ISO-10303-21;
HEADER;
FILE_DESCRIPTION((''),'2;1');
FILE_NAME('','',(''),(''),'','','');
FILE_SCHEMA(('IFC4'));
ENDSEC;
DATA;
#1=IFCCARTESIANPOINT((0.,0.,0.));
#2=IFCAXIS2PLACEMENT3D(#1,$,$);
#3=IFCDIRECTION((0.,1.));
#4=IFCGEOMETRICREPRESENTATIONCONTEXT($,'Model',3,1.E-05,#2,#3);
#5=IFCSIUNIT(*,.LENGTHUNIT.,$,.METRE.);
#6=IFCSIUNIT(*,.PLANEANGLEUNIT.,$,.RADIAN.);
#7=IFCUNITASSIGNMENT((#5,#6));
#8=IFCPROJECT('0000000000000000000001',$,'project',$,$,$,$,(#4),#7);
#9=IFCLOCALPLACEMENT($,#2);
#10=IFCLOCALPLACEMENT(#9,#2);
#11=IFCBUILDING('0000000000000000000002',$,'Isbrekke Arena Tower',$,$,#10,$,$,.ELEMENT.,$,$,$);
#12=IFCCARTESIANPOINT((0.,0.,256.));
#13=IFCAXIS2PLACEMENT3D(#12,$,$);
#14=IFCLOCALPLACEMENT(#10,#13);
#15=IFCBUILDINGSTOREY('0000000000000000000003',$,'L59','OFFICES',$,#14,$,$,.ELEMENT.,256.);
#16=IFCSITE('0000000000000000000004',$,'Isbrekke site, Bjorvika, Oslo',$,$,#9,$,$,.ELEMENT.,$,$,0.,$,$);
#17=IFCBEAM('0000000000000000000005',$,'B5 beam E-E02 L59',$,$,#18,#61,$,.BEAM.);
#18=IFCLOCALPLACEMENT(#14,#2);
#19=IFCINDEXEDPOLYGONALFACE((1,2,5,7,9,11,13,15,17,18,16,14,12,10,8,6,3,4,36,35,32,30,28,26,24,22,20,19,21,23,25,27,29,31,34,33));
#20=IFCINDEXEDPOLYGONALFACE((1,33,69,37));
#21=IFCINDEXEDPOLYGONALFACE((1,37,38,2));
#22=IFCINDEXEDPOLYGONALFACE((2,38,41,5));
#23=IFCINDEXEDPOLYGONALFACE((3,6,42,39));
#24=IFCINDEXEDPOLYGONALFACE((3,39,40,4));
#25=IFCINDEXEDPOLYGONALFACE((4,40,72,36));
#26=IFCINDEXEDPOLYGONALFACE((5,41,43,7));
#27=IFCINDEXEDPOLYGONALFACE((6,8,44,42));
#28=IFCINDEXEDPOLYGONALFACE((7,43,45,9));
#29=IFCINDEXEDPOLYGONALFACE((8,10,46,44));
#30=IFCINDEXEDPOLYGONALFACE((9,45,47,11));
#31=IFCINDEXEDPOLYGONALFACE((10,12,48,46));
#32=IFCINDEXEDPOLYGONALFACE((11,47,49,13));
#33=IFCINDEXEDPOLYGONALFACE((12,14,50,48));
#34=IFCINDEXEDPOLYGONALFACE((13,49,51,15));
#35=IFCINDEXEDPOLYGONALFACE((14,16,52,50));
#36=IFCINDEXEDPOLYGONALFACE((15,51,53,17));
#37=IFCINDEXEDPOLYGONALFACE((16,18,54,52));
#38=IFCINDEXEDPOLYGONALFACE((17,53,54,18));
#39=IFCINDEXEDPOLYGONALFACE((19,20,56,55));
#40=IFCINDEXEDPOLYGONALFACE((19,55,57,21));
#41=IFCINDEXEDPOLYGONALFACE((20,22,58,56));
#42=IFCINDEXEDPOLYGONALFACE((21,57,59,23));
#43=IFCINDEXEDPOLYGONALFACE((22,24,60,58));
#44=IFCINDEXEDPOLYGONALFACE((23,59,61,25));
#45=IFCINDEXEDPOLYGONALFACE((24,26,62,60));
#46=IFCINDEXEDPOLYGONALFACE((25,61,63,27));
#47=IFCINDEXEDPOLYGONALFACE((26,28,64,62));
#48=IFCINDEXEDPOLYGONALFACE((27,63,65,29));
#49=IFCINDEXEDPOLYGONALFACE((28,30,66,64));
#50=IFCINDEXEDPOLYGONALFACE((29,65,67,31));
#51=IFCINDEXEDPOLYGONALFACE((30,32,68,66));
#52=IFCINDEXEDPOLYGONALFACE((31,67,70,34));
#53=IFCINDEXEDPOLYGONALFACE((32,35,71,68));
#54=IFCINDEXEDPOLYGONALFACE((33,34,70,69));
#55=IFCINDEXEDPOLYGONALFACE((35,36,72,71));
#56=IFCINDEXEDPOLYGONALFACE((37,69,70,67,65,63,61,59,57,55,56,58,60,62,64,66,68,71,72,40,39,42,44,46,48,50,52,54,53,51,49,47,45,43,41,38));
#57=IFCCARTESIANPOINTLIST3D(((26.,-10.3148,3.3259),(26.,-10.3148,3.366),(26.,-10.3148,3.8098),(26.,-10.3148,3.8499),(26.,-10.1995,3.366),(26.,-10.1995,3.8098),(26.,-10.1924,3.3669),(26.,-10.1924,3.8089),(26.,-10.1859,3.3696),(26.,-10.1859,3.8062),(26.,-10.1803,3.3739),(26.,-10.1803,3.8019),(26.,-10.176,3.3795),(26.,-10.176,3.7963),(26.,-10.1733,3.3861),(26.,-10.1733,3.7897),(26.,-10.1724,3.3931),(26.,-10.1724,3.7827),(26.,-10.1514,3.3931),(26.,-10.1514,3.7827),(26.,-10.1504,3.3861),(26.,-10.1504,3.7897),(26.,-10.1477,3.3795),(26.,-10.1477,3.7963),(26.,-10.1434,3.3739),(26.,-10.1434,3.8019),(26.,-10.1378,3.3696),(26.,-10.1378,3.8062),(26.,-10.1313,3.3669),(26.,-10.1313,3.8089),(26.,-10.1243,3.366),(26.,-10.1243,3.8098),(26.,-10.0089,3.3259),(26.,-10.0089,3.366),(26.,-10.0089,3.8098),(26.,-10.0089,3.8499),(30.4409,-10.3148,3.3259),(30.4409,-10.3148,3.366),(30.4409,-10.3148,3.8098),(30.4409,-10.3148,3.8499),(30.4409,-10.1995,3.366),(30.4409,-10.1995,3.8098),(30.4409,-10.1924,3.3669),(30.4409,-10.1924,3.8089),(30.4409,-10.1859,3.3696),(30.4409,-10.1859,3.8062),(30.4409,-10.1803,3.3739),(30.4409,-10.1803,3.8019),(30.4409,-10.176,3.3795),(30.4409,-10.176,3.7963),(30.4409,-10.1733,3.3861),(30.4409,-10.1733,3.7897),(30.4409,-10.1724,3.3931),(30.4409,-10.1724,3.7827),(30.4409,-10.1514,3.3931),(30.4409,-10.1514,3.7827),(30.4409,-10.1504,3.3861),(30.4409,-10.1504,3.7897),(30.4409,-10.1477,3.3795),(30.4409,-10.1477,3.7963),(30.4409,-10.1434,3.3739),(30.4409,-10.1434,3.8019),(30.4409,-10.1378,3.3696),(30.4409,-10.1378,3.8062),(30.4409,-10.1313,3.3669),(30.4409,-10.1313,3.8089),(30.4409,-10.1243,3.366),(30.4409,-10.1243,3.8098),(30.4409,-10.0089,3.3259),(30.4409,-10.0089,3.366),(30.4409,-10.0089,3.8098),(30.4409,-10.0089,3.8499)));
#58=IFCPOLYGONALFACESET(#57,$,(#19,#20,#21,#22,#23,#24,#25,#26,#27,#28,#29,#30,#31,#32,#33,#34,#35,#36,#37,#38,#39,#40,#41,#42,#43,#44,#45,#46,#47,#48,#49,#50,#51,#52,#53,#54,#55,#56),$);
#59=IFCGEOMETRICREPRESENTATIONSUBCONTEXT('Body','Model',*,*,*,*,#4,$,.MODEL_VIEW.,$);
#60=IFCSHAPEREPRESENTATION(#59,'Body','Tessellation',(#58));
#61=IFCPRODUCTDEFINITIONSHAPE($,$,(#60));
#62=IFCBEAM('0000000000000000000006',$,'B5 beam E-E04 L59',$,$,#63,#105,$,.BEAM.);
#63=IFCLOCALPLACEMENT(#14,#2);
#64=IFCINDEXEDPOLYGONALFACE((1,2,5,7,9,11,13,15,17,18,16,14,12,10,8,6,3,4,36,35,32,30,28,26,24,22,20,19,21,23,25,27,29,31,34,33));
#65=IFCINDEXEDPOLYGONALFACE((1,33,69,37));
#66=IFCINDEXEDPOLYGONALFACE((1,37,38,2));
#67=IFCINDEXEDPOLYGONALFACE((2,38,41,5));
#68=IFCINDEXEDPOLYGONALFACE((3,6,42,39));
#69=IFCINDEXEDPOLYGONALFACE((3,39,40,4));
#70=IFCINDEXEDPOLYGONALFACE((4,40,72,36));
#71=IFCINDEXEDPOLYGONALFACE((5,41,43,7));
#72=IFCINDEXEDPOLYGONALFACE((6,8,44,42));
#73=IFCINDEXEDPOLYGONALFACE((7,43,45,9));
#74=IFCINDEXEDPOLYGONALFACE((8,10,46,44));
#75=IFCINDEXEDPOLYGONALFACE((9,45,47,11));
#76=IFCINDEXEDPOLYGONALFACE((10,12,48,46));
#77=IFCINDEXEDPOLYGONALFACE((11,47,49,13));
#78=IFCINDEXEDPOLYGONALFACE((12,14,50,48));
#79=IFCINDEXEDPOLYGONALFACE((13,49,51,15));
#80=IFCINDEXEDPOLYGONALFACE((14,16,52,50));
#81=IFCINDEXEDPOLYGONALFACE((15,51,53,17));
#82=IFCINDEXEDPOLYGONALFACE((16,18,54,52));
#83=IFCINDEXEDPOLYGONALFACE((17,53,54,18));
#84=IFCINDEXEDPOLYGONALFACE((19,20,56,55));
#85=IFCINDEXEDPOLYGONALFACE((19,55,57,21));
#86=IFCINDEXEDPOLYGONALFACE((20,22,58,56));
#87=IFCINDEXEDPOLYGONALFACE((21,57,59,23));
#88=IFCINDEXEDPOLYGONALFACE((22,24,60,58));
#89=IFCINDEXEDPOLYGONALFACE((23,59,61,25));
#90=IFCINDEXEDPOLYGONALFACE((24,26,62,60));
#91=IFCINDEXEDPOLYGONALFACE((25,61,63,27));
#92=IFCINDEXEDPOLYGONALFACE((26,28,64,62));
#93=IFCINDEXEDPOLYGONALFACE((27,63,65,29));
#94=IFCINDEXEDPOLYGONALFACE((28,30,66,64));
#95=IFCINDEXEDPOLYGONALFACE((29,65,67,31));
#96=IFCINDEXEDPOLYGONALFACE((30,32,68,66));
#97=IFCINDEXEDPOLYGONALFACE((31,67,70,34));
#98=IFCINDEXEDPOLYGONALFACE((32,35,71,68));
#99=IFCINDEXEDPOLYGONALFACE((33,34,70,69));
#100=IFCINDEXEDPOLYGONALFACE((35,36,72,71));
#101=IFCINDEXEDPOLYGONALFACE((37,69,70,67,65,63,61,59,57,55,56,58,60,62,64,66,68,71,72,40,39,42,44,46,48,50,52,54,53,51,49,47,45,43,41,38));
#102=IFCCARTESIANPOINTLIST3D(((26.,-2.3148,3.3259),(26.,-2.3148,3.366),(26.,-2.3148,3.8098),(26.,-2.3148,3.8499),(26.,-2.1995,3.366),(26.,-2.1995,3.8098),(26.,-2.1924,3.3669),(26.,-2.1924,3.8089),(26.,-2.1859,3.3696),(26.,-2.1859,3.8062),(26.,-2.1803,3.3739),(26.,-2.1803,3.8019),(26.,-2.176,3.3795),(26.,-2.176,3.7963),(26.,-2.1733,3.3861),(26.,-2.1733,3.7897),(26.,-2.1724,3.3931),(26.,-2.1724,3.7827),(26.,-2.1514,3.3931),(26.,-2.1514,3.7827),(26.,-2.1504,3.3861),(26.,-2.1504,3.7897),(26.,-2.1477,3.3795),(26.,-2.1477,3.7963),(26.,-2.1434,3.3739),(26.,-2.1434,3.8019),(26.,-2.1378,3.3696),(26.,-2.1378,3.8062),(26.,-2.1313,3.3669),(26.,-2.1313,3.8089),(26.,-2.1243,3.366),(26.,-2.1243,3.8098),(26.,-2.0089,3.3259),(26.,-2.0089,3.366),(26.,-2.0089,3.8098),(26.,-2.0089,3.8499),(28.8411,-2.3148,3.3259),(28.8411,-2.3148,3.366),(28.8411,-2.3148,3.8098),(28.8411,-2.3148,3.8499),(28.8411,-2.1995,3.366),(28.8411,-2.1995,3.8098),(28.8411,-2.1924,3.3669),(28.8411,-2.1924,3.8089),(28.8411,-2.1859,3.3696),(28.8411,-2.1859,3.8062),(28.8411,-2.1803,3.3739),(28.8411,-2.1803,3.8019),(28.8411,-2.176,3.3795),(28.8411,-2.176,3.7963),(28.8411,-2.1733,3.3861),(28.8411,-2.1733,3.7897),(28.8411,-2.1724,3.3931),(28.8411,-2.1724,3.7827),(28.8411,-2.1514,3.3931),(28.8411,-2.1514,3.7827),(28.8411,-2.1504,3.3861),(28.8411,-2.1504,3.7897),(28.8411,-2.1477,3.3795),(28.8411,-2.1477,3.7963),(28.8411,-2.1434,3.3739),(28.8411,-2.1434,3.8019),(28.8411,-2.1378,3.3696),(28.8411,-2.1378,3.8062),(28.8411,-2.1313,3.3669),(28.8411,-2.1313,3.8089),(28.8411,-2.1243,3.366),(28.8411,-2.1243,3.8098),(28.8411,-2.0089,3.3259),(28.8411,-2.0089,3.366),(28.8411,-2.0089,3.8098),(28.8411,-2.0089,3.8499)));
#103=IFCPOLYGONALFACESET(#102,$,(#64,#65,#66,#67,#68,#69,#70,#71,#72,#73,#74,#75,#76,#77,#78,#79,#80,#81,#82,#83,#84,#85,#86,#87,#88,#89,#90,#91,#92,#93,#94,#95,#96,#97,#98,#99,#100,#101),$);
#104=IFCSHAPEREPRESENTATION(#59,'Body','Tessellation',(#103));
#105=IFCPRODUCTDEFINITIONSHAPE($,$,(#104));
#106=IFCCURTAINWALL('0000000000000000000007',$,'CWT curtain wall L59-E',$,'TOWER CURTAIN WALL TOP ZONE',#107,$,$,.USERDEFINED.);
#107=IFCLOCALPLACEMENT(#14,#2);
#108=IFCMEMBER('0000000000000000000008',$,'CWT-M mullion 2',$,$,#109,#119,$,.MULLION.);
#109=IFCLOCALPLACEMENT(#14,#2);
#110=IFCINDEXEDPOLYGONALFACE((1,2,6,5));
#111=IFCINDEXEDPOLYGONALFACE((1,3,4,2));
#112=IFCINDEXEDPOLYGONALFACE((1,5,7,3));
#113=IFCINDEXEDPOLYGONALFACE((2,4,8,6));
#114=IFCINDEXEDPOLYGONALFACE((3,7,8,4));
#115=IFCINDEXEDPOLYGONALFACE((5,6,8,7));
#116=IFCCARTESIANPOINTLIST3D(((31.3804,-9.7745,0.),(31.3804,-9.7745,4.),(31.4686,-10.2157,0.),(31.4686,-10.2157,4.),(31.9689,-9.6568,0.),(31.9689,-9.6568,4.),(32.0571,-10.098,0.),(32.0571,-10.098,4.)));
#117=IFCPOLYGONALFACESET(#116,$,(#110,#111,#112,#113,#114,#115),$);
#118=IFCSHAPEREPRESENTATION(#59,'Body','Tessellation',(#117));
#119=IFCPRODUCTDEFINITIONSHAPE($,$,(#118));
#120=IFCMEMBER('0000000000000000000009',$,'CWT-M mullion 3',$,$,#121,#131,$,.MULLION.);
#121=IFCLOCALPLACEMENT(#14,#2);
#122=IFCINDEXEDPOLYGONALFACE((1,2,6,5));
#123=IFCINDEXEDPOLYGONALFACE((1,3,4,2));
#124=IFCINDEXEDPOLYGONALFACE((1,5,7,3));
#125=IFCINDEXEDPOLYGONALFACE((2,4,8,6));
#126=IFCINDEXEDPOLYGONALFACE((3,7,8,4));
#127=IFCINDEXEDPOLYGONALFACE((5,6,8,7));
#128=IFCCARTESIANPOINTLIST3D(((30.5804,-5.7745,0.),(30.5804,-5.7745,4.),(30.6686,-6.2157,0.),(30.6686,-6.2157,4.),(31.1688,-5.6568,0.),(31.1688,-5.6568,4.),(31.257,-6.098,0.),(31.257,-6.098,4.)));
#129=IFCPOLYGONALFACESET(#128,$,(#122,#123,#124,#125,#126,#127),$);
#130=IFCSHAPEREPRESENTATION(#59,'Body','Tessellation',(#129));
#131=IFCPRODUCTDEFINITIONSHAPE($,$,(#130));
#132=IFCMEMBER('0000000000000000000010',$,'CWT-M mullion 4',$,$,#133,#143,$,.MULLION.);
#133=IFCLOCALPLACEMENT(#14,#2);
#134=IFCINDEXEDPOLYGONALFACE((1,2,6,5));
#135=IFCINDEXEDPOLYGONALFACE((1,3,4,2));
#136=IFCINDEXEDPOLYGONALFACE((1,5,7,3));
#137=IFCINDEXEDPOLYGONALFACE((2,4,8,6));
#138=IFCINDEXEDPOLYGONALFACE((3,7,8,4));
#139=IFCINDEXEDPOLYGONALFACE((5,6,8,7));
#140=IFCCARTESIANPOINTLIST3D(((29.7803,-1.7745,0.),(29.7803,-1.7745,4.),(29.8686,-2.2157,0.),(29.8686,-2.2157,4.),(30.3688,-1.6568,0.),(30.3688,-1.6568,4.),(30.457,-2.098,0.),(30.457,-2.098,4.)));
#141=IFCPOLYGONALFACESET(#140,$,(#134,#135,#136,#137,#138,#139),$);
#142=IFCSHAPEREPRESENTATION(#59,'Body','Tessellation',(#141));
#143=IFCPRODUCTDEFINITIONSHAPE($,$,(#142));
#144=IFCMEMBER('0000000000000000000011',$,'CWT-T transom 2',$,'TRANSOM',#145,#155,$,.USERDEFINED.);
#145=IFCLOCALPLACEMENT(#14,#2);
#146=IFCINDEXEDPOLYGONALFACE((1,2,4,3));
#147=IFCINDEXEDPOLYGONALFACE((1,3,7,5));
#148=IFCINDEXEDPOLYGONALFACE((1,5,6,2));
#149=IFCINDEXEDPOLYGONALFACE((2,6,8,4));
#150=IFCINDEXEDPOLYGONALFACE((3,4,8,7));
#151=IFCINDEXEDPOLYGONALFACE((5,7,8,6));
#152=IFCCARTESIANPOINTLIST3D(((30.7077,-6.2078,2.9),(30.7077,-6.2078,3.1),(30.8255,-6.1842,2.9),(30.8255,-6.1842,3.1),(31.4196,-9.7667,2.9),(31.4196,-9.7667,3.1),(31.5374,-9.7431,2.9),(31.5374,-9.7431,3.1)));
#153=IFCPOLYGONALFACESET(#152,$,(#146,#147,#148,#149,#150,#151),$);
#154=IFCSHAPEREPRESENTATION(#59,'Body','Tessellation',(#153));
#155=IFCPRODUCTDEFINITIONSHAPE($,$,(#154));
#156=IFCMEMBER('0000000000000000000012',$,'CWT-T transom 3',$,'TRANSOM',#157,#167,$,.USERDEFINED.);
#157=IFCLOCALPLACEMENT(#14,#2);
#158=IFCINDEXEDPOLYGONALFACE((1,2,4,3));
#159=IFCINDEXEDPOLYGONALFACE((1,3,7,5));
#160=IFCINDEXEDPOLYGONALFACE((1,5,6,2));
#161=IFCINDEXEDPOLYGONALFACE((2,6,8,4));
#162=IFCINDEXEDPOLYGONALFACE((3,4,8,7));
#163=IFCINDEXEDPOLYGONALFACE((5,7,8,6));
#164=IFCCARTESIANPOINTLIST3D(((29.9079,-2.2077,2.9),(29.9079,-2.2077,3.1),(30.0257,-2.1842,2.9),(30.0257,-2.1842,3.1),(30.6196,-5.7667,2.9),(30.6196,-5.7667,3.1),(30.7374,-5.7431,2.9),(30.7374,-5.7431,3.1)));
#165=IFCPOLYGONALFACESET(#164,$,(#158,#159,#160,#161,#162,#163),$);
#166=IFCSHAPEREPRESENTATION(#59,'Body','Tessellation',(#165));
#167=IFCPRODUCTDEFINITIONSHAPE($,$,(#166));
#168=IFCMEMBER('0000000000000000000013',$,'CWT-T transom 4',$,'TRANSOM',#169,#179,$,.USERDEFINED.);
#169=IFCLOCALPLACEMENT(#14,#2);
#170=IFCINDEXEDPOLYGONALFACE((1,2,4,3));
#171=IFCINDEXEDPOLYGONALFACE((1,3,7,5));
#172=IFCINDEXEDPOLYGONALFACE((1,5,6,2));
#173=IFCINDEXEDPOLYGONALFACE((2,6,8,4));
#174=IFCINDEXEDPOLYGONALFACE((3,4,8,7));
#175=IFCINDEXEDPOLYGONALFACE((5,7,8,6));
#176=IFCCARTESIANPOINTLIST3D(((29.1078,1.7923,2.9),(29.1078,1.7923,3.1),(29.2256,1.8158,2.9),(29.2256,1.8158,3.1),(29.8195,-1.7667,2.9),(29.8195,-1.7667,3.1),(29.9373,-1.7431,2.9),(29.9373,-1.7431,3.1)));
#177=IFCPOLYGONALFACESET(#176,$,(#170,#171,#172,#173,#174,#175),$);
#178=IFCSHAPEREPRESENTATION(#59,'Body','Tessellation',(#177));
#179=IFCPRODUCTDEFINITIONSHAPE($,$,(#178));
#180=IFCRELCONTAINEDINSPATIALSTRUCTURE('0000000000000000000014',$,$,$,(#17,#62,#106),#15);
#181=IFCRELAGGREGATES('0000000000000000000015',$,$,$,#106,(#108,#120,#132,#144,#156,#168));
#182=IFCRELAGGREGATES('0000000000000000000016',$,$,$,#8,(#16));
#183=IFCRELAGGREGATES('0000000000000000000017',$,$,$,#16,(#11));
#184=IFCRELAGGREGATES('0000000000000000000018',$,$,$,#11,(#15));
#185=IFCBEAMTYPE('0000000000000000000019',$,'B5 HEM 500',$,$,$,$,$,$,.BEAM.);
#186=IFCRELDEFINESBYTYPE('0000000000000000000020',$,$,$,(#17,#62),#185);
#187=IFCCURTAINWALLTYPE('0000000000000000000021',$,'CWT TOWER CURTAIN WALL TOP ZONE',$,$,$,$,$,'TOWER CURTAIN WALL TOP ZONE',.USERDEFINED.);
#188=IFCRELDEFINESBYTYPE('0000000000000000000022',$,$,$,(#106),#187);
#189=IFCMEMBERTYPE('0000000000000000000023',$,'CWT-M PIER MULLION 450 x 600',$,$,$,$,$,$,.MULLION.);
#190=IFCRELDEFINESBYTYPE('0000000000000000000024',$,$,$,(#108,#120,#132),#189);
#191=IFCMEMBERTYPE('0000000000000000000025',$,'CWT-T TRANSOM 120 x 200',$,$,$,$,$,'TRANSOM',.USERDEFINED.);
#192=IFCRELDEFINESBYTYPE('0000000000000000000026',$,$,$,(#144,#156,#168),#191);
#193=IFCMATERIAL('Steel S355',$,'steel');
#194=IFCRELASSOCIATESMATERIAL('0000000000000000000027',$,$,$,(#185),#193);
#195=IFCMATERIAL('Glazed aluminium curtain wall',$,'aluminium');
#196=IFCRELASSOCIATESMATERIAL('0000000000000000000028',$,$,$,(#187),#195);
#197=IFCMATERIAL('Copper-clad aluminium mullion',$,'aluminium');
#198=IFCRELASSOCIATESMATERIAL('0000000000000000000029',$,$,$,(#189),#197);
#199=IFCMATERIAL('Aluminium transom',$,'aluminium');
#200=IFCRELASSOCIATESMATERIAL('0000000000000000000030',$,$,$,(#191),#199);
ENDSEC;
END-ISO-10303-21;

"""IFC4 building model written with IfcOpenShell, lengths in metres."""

from ifc_helpers import new_model, si_unit, direction, frame, origin, origin_2d, place, context, subcontext, project, spatial, rectangle, i_section, extrude, material, material_profile, profile_set, type_object, element, aggregate, save


model = new_model("IFC4")

# Units and contexts
model_context = context("Model", 3, precision=1e-05, world=origin(), true_north=direction((0.0, 1.0)))
body_context = subcontext(model_context, "Body", "Model", "MODEL_VIEW")
ifc_project = project(units=[si_unit("LENGTHUNIT", "METRE"), si_unit("PLANEANGLEUNIT", "RADIAN")], contexts=[model_context])

# Site, building, storey
site_placement = place(None, origin())
site = spatial("IfcSite", under=ifc_project, at=site_placement, Name="Isbrekke site, Bjorvika, Oslo", CompositionType="ELEMENT", RefElevation=0.0)
building_placement = place(site_placement, origin())
building = spatial("IfcBuilding", under=site, at=building_placement, Name="Isbrekke Arena Tower", CompositionType="ELEMENT")
storey_placement = place(building_placement, frame((0.0, 0.0, 256.0)))
storey = spatial("IfcBuildingStorey", under=building, at=storey_placement, Name="L59", Description="OFFICES", CompositionType="ELEMENT", Elevation=256.0)

# Beams
ifc_material_1 = material(Name="Steel S355", Category="steel")
ifc_material_profile_1 = material_profile(ifc_material_1, i_section(OverallWidth=0.3059, OverallDepth=0.5239, WebThickness=0.021, FlangeThickness=0.04, FilletRadius=0.0271, at=origin_2d()), Name="HEM 500")
ifc_profile_set_1 = profile_set([ifc_material_profile_1], Name="Steel S355")
beam_type_1 = type_object("IfcBeamType", Name="B5 HEM 500", PredefinedType="BEAM", material=ifc_profile_set_1)
beam_1_placement = place(storey_placement, frame((30.4409, -10.1619, 3.5879), z_axis=(-1.0, 0.0, 0.0), x_axis=(0.0, -1.0, 0.0)))
element("IfcBeam", 1, at=beam_1_placement, inside=storey, type_object=beam_type_1, Name="B5 beam E-E02 L59", PredefinedType="BEAM", context=body_context, shape_type="SweptSolid", body=[
    extrude(i_section(OverallWidth=0.3059, OverallDepth=0.5239, WebThickness=0.021, FlangeThickness=0.04, FilletRadius=0.0271, at=origin_2d()), origin(), (0.0, 0.0, 1.0), 4.4409),
])
beam_2_placement = place(storey_placement, frame((28.8411, -2.1619, 3.5879), z_axis=(-1.0, 0.0, 0.0), x_axis=(0.0, -1.0, 0.0)))
element("IfcBeam", 2, at=beam_2_placement, inside=storey, type_object=beam_type_1, Name="B5 beam E-E04 L59", PredefinedType="BEAM", context=body_context, shape_type="SweptSolid", body=[
    extrude(i_section(OverallWidth=0.3059, OverallDepth=0.5239, WebThickness=0.021, FlangeThickness=0.04, FilletRadius=0.0271, at=origin_2d()), origin(), (0.0, 0.0, 1.0), 2.8411),
])

# Curtain wall, members
ifc_material_2 = material(Name="Glazed aluminium curtain wall", Category="aluminium")
curtain_wall_type = type_object("IfcCurtainWallType", Name="CWT TOWER CURTAIN WALL TOP ZONE", ElementType="TOWER CURTAIN WALL TOP ZONE", PredefinedType="USERDEFINED", material=ifc_material_2)
curtain_wall_placement = place(storey_placement, origin())
curtain_wall = element("IfcCurtainWall", 3, at=curtain_wall_placement, inside=storey, type_object=curtain_wall_type, Name="CWT curtain wall L59-E", ObjectType="TOWER CURTAIN WALL TOP ZONE", PredefinedType="USERDEFINED")
ifc_material_3 = material(Name="Copper-clad aluminium mullion", Category="aluminium")
ifc_material_profile_2 = material_profile(ifc_material_3, rectangle(XDim=0.45, YDim=0.6001, at=origin_2d()), Name="PIER 450X600")
ifc_profile_set_2 = profile_set([ifc_material_profile_2], Name="Copper-clad aluminium mullion")
member_type_1 = type_object("IfcMemberType", Name="CWT-M PIER MULLION 450 x 600", PredefinedType="MULLION", material=ifc_profile_set_2)
member_1_placement = place(storey_placement, frame((31.7188, -9.9363, 0.0), z_axis=(0.0, 0.0, 1.0), x_axis=(-0.196116, 0.980581, 0.0)))
member_1 = element("IfcMember", 4, at=member_1_placement, type_object=member_type_1, Name="CWT-M mullion 2", PredefinedType="MULLION", context=body_context, shape_type="SweptSolid", body=[
    extrude(rectangle(XDim=0.45, YDim=0.6001, at=origin_2d()), origin(), (0.0, 0.0, 1.0), 4.0),
])
member_2_placement = place(storey_placement, frame((30.9187, -5.9363, 0.0), z_axis=(0.0, 0.0, 1.0), x_axis=(-0.196116, 0.980581, 0.0)))
member_2 = element("IfcMember", 5, at=member_2_placement, type_object=member_type_1, Name="CWT-M mullion 3", PredefinedType="MULLION", context=body_context, shape_type="SweptSolid", body=[
    extrude(rectangle(XDim=0.45, YDim=0.6001, at=origin_2d()), origin(), (0.0, 0.0, 1.0), 4.0),
])
member_3_placement = place(storey_placement, frame((30.1187, -1.9363, 0.0), z_axis=(0.0, 0.0, 1.0), x_axis=(-0.196116, 0.980581, 0.0)))
member_3 = element("IfcMember", 6, at=member_3_placement, type_object=member_type_1, Name="CWT-M mullion 4", PredefinedType="MULLION", context=body_context, shape_type="SweptSolid", body=[
    extrude(rectangle(XDim=0.45, YDim=0.6001, at=origin_2d()), origin(), (0.0, 0.0, 1.0), 4.0),
])
ifc_material_4 = material(Name="Aluminium transom", Category="aluminium")
ifc_material_profile_3 = material_profile(ifc_material_4, rectangle(XDim=0.1201, YDim=0.2, at=origin_2d()), Name="TRANSOM 120X200")
ifc_profile_set_3 = profile_set([ifc_material_profile_3], Name="Aluminium transom")
member_type_2 = type_object("IfcMemberType", Name="CWT-T TRANSOM 120 x 200", ElementType="TRANSOM", PredefinedType="USERDEFINED", material=ifc_profile_set_3)
member_4_placement = place(storey_placement, frame((31.4785, -9.7549, 3.0), z_axis=(-0.196155, 0.980573, 0.0), x_axis=(-0.980573, -0.196155, 0.0)))
member_4 = element("IfcMember", 7, at=member_4_placement, type_object=member_type_2, Name="CWT-T transom 2", ObjectType="TRANSOM", PredefinedType="USERDEFINED", context=body_context, shape_type="SweptSolid", body=[
    extrude(rectangle(XDim=0.1201, YDim=0.2, at=origin_2d()), origin(), (0.0, 0.0, 1.0), 3.6294),
])
member_5_placement = place(storey_placement, frame((30.6785, -5.7549, 3.0), z_axis=(-0.19609, 0.980586, 0.0), x_axis=(-0.980586, -0.19609, 0.0)))
member_5 = element("IfcMember", 8, at=member_5_placement, type_object=member_type_2, Name="CWT-T transom 3", ObjectType="TRANSOM", PredefinedType="USERDEFINED", context=body_context, shape_type="SweptSolid", body=[
    extrude(rectangle(XDim=0.1201, YDim=0.2, at=origin_2d()), origin(), (0.0, 0.0, 1.0), 3.6294),
])
member_6_placement = place(storey_placement, frame((29.8784, -1.7549, 3.0), z_axis=(-0.19609, 0.980586, 0.0), x_axis=(-0.980586, -0.19609, 0.0)))
member_6 = element("IfcMember", 9, at=member_6_placement, type_object=member_type_2, Name="CWT-T transom 4", ObjectType="TRANSOM", PredefinedType="USERDEFINED", context=body_context, shape_type="SweptSolid", body=[
    extrude(rectangle(XDim=0.1201, YDim=0.2, at=origin_2d()), origin(), (0.0, 0.0, 1.0), 3.6294),
])

aggregate(curtain_wall, [member_1, member_2, member_3, member_4, member_5, member_6])

save(model, "model.ifc")
